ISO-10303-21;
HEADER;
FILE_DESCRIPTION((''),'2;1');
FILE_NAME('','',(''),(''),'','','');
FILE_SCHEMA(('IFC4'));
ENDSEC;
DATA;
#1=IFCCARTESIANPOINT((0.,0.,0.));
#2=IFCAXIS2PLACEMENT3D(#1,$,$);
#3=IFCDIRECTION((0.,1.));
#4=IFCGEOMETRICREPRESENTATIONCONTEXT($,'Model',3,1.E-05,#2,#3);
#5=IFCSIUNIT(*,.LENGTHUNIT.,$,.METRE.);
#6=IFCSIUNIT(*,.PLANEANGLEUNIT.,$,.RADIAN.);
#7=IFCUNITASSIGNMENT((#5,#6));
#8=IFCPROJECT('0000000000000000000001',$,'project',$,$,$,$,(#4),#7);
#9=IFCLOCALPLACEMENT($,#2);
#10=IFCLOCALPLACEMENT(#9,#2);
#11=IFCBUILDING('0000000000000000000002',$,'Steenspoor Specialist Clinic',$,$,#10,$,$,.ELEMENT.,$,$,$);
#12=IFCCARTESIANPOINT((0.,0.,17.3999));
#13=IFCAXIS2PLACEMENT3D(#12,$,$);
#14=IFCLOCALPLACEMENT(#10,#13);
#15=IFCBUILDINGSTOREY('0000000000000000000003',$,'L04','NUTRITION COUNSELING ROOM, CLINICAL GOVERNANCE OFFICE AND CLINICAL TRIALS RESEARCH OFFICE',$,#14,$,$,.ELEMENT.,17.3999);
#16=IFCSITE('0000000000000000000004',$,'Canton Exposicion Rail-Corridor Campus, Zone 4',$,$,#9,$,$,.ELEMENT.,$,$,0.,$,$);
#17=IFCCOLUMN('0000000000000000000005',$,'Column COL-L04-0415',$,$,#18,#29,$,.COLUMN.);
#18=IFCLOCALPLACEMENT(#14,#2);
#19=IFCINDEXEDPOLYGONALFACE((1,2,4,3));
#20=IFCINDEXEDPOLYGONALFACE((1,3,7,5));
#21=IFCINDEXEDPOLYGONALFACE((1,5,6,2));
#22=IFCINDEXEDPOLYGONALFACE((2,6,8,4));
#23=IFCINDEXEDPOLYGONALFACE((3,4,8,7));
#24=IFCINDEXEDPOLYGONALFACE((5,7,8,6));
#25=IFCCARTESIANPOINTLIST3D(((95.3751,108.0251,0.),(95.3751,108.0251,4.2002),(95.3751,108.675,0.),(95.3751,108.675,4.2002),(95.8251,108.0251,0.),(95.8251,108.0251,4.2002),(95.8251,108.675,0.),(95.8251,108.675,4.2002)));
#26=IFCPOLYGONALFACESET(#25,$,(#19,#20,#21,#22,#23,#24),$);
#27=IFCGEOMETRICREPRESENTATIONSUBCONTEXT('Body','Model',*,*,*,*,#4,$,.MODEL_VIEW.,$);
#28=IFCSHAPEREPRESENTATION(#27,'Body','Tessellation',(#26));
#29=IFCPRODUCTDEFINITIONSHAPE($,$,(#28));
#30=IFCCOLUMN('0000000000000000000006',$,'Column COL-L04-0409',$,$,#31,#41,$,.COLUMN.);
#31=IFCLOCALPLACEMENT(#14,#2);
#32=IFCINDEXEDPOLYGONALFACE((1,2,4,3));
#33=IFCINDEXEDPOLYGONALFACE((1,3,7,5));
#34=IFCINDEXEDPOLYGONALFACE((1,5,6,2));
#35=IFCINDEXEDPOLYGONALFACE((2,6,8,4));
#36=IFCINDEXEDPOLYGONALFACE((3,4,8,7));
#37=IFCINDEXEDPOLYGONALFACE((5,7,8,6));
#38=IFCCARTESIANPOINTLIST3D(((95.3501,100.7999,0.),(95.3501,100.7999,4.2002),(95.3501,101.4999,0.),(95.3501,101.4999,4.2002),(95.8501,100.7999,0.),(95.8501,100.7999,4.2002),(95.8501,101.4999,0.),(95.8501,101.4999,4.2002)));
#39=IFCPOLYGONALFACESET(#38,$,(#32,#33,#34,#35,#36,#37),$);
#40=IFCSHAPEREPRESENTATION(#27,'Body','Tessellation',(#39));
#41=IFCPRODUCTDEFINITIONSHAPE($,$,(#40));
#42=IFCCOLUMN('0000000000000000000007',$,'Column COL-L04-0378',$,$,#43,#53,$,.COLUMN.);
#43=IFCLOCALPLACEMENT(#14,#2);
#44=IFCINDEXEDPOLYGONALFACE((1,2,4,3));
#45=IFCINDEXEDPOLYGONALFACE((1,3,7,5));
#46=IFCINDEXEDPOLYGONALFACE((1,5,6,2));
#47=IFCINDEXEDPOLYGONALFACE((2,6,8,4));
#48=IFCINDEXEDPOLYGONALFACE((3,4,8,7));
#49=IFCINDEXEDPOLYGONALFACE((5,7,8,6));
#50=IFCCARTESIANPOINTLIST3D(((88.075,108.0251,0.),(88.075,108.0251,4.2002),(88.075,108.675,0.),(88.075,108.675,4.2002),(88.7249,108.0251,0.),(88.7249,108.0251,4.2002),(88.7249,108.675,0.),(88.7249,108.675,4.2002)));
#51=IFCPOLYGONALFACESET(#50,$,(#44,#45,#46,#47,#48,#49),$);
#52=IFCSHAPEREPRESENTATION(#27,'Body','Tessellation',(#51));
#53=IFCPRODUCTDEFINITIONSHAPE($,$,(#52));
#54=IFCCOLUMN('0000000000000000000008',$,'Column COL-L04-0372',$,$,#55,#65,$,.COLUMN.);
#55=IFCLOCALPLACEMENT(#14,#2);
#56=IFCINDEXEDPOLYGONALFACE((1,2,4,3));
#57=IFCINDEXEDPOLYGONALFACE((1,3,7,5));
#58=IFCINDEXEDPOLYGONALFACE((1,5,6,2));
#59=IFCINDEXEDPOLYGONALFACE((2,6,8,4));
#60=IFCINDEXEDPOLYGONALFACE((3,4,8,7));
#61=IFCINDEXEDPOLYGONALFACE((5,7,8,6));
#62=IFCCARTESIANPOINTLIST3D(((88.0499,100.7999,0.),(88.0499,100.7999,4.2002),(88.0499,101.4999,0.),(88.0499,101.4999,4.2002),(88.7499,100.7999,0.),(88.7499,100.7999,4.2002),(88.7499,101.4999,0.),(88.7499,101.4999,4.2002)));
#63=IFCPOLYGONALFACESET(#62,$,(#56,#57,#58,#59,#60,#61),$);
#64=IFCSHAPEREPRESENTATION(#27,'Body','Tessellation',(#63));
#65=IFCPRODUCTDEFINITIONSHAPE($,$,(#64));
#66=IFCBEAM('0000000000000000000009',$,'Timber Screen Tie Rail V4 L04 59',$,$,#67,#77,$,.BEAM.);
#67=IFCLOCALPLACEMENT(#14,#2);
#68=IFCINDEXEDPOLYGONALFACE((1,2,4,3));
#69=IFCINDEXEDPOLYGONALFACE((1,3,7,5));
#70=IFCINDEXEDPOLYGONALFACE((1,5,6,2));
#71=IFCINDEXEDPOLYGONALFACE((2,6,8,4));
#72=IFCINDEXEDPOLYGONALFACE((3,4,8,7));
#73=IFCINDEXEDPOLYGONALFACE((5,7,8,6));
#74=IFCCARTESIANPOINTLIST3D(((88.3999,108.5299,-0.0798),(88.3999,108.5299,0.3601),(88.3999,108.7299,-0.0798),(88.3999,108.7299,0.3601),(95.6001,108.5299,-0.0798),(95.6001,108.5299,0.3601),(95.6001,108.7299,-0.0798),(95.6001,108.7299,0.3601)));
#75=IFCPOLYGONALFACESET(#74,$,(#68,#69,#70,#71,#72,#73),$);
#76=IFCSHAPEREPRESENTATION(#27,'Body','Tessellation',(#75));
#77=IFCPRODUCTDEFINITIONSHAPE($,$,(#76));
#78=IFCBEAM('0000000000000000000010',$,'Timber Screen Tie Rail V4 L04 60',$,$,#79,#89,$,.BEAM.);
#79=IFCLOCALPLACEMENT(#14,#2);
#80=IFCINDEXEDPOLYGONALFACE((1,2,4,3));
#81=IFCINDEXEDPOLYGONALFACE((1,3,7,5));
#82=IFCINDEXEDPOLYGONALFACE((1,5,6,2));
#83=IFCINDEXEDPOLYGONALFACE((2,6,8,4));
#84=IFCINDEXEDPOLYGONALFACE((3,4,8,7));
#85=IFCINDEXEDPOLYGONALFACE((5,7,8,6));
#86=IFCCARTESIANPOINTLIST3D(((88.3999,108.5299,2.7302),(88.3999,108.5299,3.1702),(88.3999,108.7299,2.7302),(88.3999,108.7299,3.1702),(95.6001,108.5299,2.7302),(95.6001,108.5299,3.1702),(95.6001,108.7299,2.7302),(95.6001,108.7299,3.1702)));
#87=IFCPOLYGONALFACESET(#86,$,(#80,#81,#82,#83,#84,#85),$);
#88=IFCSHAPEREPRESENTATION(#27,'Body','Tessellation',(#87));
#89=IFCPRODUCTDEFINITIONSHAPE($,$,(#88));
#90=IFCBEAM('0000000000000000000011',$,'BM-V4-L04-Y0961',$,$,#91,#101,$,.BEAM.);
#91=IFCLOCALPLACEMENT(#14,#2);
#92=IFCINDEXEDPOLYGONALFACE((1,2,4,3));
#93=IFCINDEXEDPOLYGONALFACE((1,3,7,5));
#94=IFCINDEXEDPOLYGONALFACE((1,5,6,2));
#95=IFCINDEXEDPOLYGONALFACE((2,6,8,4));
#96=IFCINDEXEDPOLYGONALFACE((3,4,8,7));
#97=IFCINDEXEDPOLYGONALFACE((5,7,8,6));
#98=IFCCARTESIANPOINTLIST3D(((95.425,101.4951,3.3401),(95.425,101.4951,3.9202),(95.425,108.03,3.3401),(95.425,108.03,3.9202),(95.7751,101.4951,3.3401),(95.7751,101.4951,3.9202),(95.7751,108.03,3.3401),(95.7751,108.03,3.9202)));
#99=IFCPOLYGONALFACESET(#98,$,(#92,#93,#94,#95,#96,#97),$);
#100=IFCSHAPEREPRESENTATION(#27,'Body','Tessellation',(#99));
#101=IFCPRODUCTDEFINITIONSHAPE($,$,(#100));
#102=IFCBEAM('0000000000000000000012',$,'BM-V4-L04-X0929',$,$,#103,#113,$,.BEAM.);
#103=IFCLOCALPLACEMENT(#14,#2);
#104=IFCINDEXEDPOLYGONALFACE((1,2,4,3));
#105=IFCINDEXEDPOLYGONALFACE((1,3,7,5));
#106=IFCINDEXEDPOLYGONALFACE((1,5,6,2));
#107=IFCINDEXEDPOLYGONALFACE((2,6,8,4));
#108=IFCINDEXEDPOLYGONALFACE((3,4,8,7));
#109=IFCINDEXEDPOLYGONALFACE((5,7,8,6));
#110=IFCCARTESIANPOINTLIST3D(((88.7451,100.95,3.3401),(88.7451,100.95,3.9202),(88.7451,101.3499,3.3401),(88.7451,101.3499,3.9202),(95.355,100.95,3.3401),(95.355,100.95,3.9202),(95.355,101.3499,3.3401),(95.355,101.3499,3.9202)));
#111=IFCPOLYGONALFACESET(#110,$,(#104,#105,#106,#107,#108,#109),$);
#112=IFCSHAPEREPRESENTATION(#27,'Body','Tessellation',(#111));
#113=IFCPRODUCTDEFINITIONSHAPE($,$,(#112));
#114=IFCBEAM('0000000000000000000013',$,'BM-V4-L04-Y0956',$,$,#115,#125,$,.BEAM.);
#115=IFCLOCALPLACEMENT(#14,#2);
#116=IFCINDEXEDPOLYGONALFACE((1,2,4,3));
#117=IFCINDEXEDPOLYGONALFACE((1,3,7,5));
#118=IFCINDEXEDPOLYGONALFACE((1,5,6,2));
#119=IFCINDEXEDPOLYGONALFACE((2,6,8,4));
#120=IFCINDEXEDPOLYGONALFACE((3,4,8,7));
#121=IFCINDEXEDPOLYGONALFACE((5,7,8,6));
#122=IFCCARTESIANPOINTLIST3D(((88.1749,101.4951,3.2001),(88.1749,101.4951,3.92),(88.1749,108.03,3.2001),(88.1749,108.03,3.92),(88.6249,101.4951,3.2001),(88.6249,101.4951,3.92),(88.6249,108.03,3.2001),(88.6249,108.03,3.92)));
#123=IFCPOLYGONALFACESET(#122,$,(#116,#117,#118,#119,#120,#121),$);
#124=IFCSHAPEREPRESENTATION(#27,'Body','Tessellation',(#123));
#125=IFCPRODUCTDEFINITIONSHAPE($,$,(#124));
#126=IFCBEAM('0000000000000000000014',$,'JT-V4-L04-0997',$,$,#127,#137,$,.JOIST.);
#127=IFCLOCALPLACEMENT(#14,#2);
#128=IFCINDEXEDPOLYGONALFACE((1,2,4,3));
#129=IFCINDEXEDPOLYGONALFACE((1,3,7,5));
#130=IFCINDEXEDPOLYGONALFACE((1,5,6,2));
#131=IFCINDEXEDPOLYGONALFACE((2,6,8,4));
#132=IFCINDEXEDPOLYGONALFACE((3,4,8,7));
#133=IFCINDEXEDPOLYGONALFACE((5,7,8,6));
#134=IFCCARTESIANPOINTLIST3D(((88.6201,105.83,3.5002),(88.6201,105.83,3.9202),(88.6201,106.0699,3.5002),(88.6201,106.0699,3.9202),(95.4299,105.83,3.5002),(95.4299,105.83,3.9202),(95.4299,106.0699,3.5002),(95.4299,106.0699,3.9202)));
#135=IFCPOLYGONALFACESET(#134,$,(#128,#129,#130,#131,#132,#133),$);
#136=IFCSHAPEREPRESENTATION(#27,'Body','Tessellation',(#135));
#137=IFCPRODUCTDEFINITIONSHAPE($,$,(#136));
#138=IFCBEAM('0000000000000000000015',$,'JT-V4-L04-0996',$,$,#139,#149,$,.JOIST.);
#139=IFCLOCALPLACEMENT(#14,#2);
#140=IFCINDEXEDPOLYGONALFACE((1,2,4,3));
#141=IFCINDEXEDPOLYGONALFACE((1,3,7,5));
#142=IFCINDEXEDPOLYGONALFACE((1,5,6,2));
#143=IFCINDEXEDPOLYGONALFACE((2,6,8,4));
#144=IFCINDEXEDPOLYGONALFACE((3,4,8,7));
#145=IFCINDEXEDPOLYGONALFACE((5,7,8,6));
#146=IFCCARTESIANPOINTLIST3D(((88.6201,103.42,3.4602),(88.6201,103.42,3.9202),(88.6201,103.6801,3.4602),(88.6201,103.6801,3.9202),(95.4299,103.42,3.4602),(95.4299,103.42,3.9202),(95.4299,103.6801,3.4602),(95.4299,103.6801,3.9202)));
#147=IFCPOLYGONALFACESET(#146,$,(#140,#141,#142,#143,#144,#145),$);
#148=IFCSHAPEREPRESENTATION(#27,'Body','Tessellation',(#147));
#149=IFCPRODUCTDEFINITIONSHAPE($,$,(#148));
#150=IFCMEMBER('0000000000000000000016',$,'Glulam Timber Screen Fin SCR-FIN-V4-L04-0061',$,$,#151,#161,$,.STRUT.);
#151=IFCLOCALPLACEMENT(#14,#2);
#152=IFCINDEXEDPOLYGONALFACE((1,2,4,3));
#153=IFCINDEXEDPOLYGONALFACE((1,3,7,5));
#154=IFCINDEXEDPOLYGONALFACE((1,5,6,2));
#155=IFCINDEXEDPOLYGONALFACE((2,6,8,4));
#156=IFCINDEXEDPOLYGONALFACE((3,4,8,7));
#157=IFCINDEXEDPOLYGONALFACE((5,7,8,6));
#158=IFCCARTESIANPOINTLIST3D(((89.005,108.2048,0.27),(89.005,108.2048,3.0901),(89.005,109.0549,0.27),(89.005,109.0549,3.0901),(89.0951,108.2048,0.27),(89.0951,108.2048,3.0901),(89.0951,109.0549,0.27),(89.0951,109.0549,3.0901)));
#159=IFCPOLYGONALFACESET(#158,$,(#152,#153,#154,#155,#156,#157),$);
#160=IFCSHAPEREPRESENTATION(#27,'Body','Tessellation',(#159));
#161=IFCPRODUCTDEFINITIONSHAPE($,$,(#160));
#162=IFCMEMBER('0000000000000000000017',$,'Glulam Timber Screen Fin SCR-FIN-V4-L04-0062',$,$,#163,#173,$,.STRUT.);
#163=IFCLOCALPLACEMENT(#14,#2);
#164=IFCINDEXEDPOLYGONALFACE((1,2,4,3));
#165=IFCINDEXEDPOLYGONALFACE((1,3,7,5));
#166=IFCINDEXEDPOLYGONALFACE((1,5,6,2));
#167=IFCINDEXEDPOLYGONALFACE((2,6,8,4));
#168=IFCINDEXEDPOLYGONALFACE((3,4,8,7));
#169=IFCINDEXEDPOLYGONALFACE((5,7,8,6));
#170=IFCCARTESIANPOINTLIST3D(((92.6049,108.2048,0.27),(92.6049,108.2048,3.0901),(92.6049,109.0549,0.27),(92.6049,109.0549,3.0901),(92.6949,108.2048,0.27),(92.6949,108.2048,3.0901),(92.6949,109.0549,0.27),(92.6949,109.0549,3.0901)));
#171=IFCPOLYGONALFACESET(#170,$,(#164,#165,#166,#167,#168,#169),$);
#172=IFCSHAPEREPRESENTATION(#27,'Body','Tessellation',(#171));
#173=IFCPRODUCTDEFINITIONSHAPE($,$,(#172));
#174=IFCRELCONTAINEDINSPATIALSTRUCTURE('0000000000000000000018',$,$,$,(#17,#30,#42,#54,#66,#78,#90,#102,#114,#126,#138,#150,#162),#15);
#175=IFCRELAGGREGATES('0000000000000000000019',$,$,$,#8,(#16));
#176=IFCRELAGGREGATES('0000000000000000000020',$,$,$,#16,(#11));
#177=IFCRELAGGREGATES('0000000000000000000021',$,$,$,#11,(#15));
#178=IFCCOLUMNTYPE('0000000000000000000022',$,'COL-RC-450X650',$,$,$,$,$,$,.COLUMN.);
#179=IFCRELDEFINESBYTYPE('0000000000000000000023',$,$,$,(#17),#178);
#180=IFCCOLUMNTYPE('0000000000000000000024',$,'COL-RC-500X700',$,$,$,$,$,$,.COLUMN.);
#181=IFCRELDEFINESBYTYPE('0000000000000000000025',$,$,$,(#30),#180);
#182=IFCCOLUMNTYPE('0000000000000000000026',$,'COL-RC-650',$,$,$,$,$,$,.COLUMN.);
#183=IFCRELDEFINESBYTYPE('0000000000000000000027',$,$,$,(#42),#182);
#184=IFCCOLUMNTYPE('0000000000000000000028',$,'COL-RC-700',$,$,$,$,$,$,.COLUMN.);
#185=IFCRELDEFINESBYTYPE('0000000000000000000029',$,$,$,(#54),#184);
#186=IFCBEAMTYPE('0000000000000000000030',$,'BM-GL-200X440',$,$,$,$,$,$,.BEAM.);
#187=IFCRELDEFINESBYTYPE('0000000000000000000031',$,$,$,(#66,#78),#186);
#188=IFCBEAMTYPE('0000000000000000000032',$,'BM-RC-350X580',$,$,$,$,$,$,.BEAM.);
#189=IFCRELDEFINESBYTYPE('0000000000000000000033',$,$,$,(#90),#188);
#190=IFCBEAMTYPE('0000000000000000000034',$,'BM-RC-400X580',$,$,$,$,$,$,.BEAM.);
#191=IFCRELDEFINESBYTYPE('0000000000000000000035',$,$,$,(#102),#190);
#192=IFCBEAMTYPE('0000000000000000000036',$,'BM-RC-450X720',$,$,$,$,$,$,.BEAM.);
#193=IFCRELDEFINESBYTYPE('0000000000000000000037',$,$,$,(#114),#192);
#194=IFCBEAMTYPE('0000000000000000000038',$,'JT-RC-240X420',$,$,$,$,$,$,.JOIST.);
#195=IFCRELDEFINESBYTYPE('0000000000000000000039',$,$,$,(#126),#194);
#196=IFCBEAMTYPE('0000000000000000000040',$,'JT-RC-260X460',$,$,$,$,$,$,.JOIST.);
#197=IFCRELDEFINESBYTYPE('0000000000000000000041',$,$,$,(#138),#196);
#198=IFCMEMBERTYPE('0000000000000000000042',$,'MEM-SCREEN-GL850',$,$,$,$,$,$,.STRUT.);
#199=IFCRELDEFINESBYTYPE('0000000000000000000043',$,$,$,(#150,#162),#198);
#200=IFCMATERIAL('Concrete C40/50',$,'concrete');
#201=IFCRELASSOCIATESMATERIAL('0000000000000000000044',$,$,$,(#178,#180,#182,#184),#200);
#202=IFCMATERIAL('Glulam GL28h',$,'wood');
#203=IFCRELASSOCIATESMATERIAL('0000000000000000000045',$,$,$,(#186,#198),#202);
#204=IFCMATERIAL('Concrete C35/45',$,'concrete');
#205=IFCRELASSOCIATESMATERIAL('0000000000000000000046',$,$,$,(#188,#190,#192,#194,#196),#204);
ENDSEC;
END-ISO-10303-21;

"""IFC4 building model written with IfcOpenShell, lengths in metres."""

from ifc_helpers import new_model, si_unit, direction, frame, origin, origin_2d, place, context, subcontext, project, spatial, rectangle, extrude, material, material_profile, profile_set, type_object, element, save


model = new_model("IFC4")

# Units and contexts
model_context = context("Model", 3, precision=1e-05, world=origin(), true_north=direction((0.0, 1.0)))
body_context = subcontext(model_context, "Body", "Model", "MODEL_VIEW")
ifc_project = project(units=[si_unit("LENGTHUNIT", "METRE"), si_unit("PLANEANGLEUNIT", "RADIAN")], contexts=[model_context])

# Site, building, storey
site_placement = place(None, origin())
site = spatial("IfcSite", under=ifc_project, at=site_placement, Name="Canton Exposicion Rail-Corridor Campus, Zone 4", CompositionType="ELEMENT", RefElevation=0.0)
building_placement = place(site_placement, origin())
building = spatial("IfcBuilding", under=site, at=building_placement, Name="Steenspoor Specialist Clinic", CompositionType="ELEMENT")
storey_placement = place(building_placement, frame((0.0, 0.0, 17.3999)))
storey = spatial("IfcBuildingStorey", under=building, at=storey_placement, Name="L04", Description="NUTRITION COUNSELING ROOM, CLINICAL GOVERNANCE OFFICE AND CLINICAL TRIALS RESEARCH OFFICE", CompositionType="ELEMENT", Elevation=17.3999)

# Columns
ifc_material_1 = material(Name="Concrete C40/50", Category="concrete")
ifc_material_profile_1 = material_profile(ifc_material_1, rectangle(XDim=0.45, YDim=0.6499, at=origin_2d()), Name="RC-COL-450X650")
ifc_profile_set_1 = profile_set([ifc_material_profile_1], Name="Concrete C40/50")
column_type_1 = type_object("IfcColumnType", Name="COL-RC-450X650", PredefinedType="COLUMN", material=ifc_profile_set_1)
column_1_placement = place(storey_placement, frame((95.6001, 108.3501, 0.0), z_axis=(0.0, 0.0, 1.0), x_axis=(1.0, 0.0, 0.0)))
element("IfcColumn", 1, at=column_1_placement, inside=storey, type_object=column_type_1, Name="Column COL-L04-0415", PredefinedType="COLUMN", context=body_context, shape_type="SweptSolid", body=[
    extrude(rectangle(XDim=0.45, YDim=0.6499, at=origin_2d()), origin(), (0.0, 0.0, 1.0), 4.2002),
])
ifc_material_profile_2 = material_profile(ifc_material_1, rectangle(XDim=0.5, YDim=0.7, at=origin_2d()), Name="RC-COL-500X700")
ifc_profile_set_2 = profile_set([ifc_material_profile_2], Name="Concrete C40/50")
column_type_2 = type_object("IfcColumnType", Name="COL-RC-500X700", PredefinedType="COLUMN", material=ifc_profile_set_2)
column_2_placement = place(storey_placement, frame((95.6001, 101.1499, 0.0), z_axis=(0.0, 0.0, 1.0), x_axis=(1.0, 0.0, 0.0)))
element("IfcColumn", 2, at=column_2_placement, inside=storey, type_object=column_type_2, Name="Column COL-L04-0409", PredefinedType="COLUMN", context=body_context, shape_type="SweptSolid", body=[
    extrude(rectangle(XDim=0.5, YDim=0.7, at=origin_2d()), origin(), (0.0, 0.0, 1.0), 4.2002),
])
ifc_material_profile_3 = material_profile(ifc_material_1, rectangle(XDim=0.6499, YDim=0.6499, at=origin_2d()), Name="RC-COL-650X650")
ifc_profile_set_3 = profile_set([ifc_material_profile_3], Name="Concrete C40/50")
column_type_3 = type_object("IfcColumnType", Name="COL-RC-650", PredefinedType="COLUMN", material=ifc_profile_set_3)
column_3_placement = place(storey_placement, frame((88.3999, 108.3501, 0.0), z_axis=(0.0, 0.0, 1.0), x_axis=(1.0, 0.0, 0.0)))
element("IfcColumn", 3, at=column_3_placement, inside=storey, type_object=column_type_3, Name="Column COL-L04-0378", PredefinedType="COLUMN", context=body_context, shape_type="SweptSolid", body=[
    extrude(rectangle(XDim=0.6499, YDim=0.6499, at=origin_2d()), origin(), (0.0, 0.0, 1.0), 4.2002),
])
ifc_material_profile_4 = material_profile(ifc_material_1, rectangle(XDim=0.7, YDim=0.7, at=origin_2d()), Name="RC-COL-700X700")
ifc_profile_set_4 = profile_set([ifc_material_profile_4], Name="Concrete C40/50")
column_type_4 = type_object("IfcColumnType", Name="COL-RC-700", PredefinedType="COLUMN", material=ifc_profile_set_4)
column_4_placement = place(storey_placement, frame((88.3999, 101.1499, 0.0), z_axis=(0.0, 0.0, 1.0), x_axis=(1.0, 0.0, 0.0)))
element("IfcColumn", 4, at=column_4_placement, inside=storey, type_object=column_type_4, Name="Column COL-L04-0372", PredefinedType="COLUMN", context=body_context, shape_type="SweptSolid", body=[
    extrude(rectangle(XDim=0.7, YDim=0.7, at=origin_2d()), origin(), (0.0, 0.0, 1.0), 4.2002),
])

# Beams
ifc_material_2 = material(Name="Glulam GL28h", Category="wood")
ifc_material_profile_5 = material_profile(ifc_material_2, rectangle(XDim=0.2, YDim=0.4399, at=origin_2d()), Name="GL28H-200X440")
ifc_profile_set_5 = profile_set([ifc_material_profile_5], Name="Glulam GL28h")
beam_type_1 = type_object("IfcBeamType", Name="BM-GL-200X440", PredefinedType="BEAM", material=ifc_profile_set_5)
for number, where, z_axis, x_axis, name in (
    (5, (88.3999, 108.6299, 0.1401), (1.0, 0.0, 0.0), (0.0, 1.0, 0.0), "Timber Screen Tie Rail V4 L04 59"),
    (6, (88.3999, 108.6299, 2.9502), (1.0, 0.0, 0.0), (0.0, 1.0, 0.0), "Timber Screen Tie Rail V4 L04 60"),
):
    element("IfcBeam", number, at=place(storey_placement, frame(where, z_axis=z_axis, x_axis=x_axis)), inside=storey, type_object=beam_type_1, Name=name, PredefinedType="BEAM", context=body_context, shape_type="SweptSolid", body=[
        extrude(rectangle(XDim=0.2, YDim=0.4399, at=origin_2d()), origin(), (0.0, 0.0, 1.0), 7.2002),
    ])
ifc_material_3 = material(Name="Concrete C35/45", Category="concrete")
ifc_material_profile_6 = material_profile(ifc_material_3, rectangle(XDim=0.3501, YDim=0.5801, at=origin_2d()), Name="RC-BM-350X580")
ifc_profile_set_6 = profile_set([ifc_material_profile_6], Name="Concrete C35/45")
beam_type_2 = type_object("IfcBeamType", Name="BM-RC-350X580", PredefinedType="BEAM", material=ifc_profile_set_6)
beam_1_placement = place(storey_placement, frame((95.6001, 101.4951, 3.6301), z_axis=(0.0, 1.0, 0.0), x_axis=(-1.0, 0.0, 0.0)))
element("IfcBeam", 7, at=beam_1_placement, inside=storey, type_object=beam_type_2, Name="BM-V4-L04-Y0961", PredefinedType="BEAM", context=body_context, shape_type="SweptSolid", body=[
    extrude(rectangle(XDim=0.3501, YDim=0.5801, at=origin_2d()), origin(), (0.0, 0.0, 1.0), 6.5349),
])
ifc_material_profile_7 = material_profile(ifc_material_3, rectangle(XDim=0.3999, YDim=0.5801, at=origin_2d()), Name="RC-BM-400X580")
ifc_profile_set_7 = profile_set([ifc_material_profile_7], Name="Concrete C35/45")
beam_type_3 = type_object("IfcBeamType", Name="BM-RC-400X580", PredefinedType="BEAM", material=ifc_profile_set_7)
beam_2_placement = place(storey_placement, frame((88.7451, 101.1499, 3.6301), z_axis=(1.0, 0.0, 0.0), x_axis=(0.0, 1.0, 0.0)))
element("IfcBeam", 8, at=beam_2_placement, inside=storey, type_object=beam_type_3, Name="BM-V4-L04-X0929", PredefinedType="BEAM", context=body_context, shape_type="SweptSolid", body=[
    extrude(rectangle(XDim=0.3999, YDim=0.5801, at=origin_2d()), origin(), (0.0, 0.0, 1.0), 6.6099),
])
ifc_material_profile_8 = material_profile(ifc_material_3, rectangle(XDim=0.45, YDim=0.72, at=origin_2d()), Name="RC-BM-450X720")
ifc_profile_set_8 = profile_set([ifc_material_profile_8], Name="Concrete C35/45")
beam_type_4 = type_object("IfcBeamType", Name="BM-RC-450X720", PredefinedType="BEAM", material=ifc_profile_set_8)
beam_3_placement = place(storey_placement, frame((88.3999, 101.4951, 3.5601), z_axis=(0.0, 1.0, 0.0), x_axis=(-1.0, 0.0, 0.0)))
element("IfcBeam", 9, at=beam_3_placement, inside=storey, type_object=beam_type_4, Name="BM-V4-L04-Y0956", PredefinedType="BEAM", context=body_context, shape_type="SweptSolid", body=[
    extrude(rectangle(XDim=0.45, YDim=0.72, at=origin_2d()), origin(), (0.0, 0.0, 1.0), 6.5349),
])
ifc_material_profile_9 = material_profile(ifc_material_3, rectangle(XDim=0.24, YDim=0.4199, at=origin_2d()), Name="RC-JT-240X420")
ifc_profile_set_9 = profile_set([ifc_material_profile_9], Name="Concrete C35/45")
beam_type_5 = type_object("IfcBeamType", Name="JT-RC-240X420", PredefinedType="JOIST", material=ifc_profile_set_9)
beam_4_placement = place(storey_placement, frame((88.6201, 105.95, 3.7102), z_axis=(1.0, 0.0, 0.0), x_axis=(0.0, 1.0, 0.0)))
element("IfcBeam", 10, at=beam_4_placement, inside=storey, type_object=beam_type_5, Name="JT-V4-L04-0997", PredefinedType="JOIST", context=body_context, shape_type="SweptSolid", body=[
    extrude(rectangle(XDim=0.24, YDim=0.4199, at=origin_2d()), origin(), (0.0, 0.0, 1.0), 6.8098),
])
ifc_material_profile_10 = material_profile(ifc_material_3, rectangle(XDim=0.26, YDim=0.46, at=origin_2d()), Name="RC-JT-260X460")
ifc_profile_set_10 = profile_set([ifc_material_profile_10], Name="Concrete C35/45")
beam_type_6 = type_object("IfcBeamType", Name="JT-RC-260X460", PredefinedType="JOIST", material=ifc_profile_set_10)
beam_5_placement = place(storey_placement, frame((88.6201, 103.55, 3.6902), z_axis=(1.0, 0.0, 0.0), x_axis=(0.0, 1.0, 0.0)))
element("IfcBeam", 11, at=beam_5_placement, inside=storey, type_object=beam_type_6, Name="JT-V4-L04-0996", PredefinedType="JOIST", context=body_context, shape_type="SweptSolid", body=[
    extrude(rectangle(XDim=0.26, YDim=0.46, at=origin_2d()), origin(), (0.0, 0.0, 1.0), 6.8098),
])

# Members
ifc_material_profile_11 = material_profile(ifc_material_2, rectangle(XDim=0.0901, YDim=0.8501, at=origin_2d()), Name="GL28H-90X850")
ifc_profile_set_11 = profile_set([ifc_material_profile_11], Name="Glulam GL28h")
member_type = type_object("IfcMemberType", Name="MEM-SCREEN-GL850", PredefinedType="STRUT", material=ifc_profile_set_11)
for number, where, z_axis, x_axis, name in (
    (12, (89.05, 108.6299, 0.27), (0.0, 0.0, 1.0), (1.0, 0.0, 0.0), "Glulam Timber Screen Fin SCR-FIN-V4-L04-0061"),
    (13, (92.6499, 108.6299, 0.27), (0.0, 0.0, 1.0), (1.0, 0.0, 0.0), "Glulam Timber Screen Fin SCR-FIN-V4-L04-0062"),
):
    element("IfcMember", number, at=place(storey_placement, frame(where, z_axis=z_axis, x_axis=x_axis)), inside=storey, type_object=member_type, Name=name, PredefinedType="STRUT", context=body_context, shape_type="SweptSolid", body=[
        extrude(rectangle(XDim=0.0901, YDim=0.8501, at=origin_2d()), origin(), (0.0, 0.0, 1.0), 2.8201),
    ])

save(model, "model.ifc")
